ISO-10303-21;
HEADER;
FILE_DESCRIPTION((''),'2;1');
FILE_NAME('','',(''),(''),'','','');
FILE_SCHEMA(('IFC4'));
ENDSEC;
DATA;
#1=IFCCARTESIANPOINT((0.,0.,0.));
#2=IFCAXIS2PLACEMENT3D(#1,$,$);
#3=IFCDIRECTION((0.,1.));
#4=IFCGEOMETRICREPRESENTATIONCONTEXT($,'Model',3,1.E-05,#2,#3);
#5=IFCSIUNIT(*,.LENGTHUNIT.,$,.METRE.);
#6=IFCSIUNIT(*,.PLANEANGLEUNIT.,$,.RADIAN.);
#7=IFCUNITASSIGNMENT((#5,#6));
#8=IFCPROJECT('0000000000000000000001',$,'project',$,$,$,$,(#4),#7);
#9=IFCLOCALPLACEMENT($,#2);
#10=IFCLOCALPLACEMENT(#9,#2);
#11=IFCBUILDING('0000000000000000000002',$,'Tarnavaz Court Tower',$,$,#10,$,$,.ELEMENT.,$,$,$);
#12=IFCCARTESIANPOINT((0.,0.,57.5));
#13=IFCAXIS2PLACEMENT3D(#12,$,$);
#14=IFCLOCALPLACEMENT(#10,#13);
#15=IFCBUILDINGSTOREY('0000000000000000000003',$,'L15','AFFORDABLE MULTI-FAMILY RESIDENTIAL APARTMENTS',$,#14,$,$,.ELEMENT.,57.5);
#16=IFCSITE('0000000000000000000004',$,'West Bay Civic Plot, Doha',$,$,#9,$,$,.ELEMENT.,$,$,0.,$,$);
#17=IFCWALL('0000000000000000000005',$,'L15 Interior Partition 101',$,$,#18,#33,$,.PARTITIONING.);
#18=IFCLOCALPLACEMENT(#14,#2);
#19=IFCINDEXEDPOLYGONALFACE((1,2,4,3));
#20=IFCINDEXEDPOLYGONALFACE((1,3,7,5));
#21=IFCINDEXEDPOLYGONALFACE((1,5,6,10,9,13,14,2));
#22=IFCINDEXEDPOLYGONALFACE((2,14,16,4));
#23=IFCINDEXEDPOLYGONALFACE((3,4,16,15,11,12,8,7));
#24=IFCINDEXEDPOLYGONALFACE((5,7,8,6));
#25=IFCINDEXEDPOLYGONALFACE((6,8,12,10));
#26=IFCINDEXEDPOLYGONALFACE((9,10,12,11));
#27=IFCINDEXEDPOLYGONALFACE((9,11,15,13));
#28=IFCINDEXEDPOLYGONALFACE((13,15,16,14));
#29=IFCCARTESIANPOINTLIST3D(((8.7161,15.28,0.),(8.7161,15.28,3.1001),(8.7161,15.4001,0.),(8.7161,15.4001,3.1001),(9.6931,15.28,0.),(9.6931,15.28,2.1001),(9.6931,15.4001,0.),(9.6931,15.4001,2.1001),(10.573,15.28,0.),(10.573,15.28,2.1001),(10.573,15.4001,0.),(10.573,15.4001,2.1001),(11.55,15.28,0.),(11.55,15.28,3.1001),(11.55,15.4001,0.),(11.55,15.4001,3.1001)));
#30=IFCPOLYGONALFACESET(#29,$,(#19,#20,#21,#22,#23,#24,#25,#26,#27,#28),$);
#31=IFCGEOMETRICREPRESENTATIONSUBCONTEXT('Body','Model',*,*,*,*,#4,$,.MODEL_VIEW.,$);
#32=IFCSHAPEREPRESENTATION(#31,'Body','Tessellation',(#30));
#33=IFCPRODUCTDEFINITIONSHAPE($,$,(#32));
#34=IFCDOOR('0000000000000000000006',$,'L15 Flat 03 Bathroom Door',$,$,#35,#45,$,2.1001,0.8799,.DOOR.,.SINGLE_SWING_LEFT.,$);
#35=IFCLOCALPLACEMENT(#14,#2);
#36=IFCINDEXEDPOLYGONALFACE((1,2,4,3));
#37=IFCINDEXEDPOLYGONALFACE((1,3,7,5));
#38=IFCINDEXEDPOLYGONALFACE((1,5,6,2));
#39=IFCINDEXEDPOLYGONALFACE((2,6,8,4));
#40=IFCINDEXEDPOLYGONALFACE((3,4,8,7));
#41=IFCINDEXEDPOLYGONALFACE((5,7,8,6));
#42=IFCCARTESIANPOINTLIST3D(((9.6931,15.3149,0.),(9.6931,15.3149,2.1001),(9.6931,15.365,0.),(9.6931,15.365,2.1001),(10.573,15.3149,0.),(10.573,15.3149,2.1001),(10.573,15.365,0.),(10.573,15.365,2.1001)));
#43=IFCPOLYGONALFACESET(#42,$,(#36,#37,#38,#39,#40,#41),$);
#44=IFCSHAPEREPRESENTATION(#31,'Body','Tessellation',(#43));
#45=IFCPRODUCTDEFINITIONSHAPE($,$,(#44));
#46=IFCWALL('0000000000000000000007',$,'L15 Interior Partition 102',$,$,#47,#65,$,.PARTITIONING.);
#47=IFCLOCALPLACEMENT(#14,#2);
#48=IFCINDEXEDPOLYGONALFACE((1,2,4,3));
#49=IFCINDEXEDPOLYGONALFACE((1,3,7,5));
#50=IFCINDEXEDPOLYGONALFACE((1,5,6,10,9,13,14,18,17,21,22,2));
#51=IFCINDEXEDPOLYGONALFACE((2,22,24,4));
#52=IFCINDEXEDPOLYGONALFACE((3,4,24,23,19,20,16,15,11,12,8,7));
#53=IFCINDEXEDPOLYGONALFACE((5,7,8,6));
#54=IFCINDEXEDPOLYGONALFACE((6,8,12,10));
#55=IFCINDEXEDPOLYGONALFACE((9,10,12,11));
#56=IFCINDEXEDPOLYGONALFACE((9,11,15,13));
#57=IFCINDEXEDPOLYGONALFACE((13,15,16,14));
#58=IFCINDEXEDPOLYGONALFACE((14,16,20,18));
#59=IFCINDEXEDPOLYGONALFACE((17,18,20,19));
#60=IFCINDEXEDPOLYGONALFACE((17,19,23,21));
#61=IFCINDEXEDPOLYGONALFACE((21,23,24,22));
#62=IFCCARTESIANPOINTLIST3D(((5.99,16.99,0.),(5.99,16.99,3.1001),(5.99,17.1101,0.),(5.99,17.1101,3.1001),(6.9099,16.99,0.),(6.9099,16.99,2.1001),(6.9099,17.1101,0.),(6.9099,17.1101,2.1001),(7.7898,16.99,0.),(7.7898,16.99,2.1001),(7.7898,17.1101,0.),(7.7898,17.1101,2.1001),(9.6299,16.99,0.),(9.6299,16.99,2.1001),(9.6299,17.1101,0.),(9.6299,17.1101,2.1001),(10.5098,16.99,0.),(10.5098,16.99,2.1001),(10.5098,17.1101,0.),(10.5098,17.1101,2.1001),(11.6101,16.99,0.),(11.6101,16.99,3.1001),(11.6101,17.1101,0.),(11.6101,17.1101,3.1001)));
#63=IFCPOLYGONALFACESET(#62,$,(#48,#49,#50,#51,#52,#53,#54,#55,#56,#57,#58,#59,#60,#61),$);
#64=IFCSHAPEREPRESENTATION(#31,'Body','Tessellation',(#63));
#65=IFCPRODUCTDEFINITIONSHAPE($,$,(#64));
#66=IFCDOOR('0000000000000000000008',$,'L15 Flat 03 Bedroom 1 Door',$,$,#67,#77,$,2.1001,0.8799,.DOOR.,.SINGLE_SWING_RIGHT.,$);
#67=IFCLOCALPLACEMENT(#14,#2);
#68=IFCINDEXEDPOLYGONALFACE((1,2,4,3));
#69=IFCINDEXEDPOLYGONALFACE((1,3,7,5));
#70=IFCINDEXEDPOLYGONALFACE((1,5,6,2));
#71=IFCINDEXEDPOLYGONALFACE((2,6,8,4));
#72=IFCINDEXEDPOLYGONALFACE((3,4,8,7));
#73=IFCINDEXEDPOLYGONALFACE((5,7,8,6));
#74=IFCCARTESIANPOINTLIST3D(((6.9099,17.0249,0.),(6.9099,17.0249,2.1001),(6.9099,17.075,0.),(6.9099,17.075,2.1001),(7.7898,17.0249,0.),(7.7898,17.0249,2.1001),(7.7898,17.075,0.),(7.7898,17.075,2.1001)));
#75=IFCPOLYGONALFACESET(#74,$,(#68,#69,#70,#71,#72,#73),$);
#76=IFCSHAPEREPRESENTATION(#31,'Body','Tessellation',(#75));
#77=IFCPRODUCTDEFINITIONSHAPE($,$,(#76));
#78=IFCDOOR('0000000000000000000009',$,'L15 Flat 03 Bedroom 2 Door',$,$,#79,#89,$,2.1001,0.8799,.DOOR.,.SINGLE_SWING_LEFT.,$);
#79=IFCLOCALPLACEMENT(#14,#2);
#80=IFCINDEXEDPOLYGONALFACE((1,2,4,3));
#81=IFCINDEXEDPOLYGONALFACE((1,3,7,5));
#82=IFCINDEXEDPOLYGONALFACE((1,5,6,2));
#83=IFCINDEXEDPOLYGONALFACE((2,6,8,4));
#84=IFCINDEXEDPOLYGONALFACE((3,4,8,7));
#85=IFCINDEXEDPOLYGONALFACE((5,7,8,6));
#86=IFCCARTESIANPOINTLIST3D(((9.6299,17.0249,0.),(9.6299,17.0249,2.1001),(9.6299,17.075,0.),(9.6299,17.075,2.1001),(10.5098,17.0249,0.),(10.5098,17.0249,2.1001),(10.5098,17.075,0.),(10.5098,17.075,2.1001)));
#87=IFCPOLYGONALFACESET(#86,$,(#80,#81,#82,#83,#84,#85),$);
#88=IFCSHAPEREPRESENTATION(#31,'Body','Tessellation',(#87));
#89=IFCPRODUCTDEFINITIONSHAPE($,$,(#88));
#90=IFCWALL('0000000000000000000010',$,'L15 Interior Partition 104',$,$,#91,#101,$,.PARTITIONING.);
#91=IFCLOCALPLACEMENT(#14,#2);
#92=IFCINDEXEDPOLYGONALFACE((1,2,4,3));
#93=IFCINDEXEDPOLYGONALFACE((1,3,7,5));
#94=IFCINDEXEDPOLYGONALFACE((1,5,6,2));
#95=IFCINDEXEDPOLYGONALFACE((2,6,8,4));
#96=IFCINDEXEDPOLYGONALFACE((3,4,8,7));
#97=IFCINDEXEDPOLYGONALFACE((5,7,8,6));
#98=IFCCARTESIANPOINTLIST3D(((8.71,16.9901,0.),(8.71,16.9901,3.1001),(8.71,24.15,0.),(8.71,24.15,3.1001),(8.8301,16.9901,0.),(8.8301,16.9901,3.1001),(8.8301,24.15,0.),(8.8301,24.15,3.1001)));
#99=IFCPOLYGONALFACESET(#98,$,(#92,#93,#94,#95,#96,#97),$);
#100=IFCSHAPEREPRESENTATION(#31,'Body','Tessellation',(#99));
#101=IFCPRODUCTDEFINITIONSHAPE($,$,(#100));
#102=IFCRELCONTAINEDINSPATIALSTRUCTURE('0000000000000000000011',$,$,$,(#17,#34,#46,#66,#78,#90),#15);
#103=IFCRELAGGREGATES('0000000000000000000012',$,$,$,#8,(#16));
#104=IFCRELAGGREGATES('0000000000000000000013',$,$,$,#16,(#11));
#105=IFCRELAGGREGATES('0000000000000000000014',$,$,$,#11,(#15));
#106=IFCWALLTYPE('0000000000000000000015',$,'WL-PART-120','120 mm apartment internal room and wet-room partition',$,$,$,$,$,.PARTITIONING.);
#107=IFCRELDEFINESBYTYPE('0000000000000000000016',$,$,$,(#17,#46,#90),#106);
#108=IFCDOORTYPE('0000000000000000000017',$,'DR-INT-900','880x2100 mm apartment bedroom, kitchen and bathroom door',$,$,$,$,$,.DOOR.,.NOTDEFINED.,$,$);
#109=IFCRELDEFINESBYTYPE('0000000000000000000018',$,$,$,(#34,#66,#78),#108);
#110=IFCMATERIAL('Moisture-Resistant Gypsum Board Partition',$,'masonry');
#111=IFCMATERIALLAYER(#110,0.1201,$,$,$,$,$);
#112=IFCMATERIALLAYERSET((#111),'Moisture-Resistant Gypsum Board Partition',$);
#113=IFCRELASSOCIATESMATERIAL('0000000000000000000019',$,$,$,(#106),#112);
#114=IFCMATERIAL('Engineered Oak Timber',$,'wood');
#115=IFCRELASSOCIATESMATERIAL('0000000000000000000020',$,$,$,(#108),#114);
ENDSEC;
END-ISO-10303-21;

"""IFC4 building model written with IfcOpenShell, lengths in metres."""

from ifc_helpers import new_model, si_unit, direction, frame, frame_2d, origin, place, context, subcontext, project, spatial, rectangle, extrude, material, layer, layer_set, type_object, element, fill, save


model = new_model("IFC4")

# Units and contexts
model_context = context("Model", 3, precision=1e-05, world=origin(), true_north=direction((0.0, 1.0)))
body_context = subcontext(model_context, "Body", "Model", "MODEL_VIEW")
ifc_project = project(units=[si_unit("LENGTHUNIT", "METRE"), si_unit("PLANEANGLEUNIT", "RADIAN")], contexts=[model_context])

# Site, building, storey
site_placement = place(None, origin())
site = spatial("IfcSite", under=ifc_project, at=site_placement, Name="West Bay Civic Plot, Doha", CompositionType="ELEMENT", RefElevation=0.0)
building_placement = place(site_placement, origin())
building = spatial("IfcBuilding", under=site, at=building_placement, Name="Tarnavaz Court Tower", CompositionType="ELEMENT")
storey_placement = place(building_placement, frame((0.0, 0.0, 57.5)))
storey = spatial("IfcBuildingStorey", under=building, at=storey_placement, Name="L15", Description="AFFORDABLE MULTI-FAMILY RESIDENTIAL APARTMENTS", CompositionType="ELEMENT", Elevation=57.5)

# Wall, opening, door
ifc_material_1 = material(Name="Moisture-Resistant Gypsum Board Partition", Category="masonry")
ifc_layer_1 = layer(ifc_material_1, 0.1201)
ifc_layer_set_1 = layer_set([ifc_layer_1], Name="Moisture-Resistant Gypsum Board Partition")
wall_type_1 = type_object("IfcWallType", Name="WL-PART-120", Description="120 mm apartment internal room and wet-room partition", PredefinedType="PARTITIONING", material=ifc_layer_set_1)
ifc_material_2 = material(Name="Engineered Oak Timber", Category="wood")
door_type = type_object("IfcDoorType", Name="DR-INT-900", Description="880x2100 mm apartment bedroom, kitchen and bathroom door", OperationType="NOTDEFINED", PredefinedType="DOOR", material=ifc_material_2)
wall_1_placement = place(storey_placement, frame((8.7161, 15.3401, 0.0), z_axis=(0.0, 0.0, 1.0), x_axis=(1.0, 0.0, 0.0)))
wall_1 = element("IfcWall", 1, at=wall_1_placement, inside=storey, type_object=wall_type_1, Name="L15 Interior Partition 101", PredefinedType="PARTITIONING", context=body_context, shape_type="SweptSolid", body=[
    extrude(rectangle(XDim=2.834, YDim=0.1201, at=frame_2d((1.417, 0.0))), origin(), (0.0, 0.0, 1.0), 3.1001),
])
opening_1_placement = place(wall_1_placement, frame((0.9771, 0.0, 0.0)))
opening_1 = element("IfcOpeningElement", 2, at=opening_1_placement, cuts=wall_1, PredefinedType="OPENING", context=body_context, shape_type="SweptSolid", body=[
    extrude(rectangle(XDim=0.8799, YDim=2.1001, at=frame_2d((0.4399, 1.05))), frame((0.0, 0.0701, 0.0), z_axis=(0.0, -1.0, 0.0), x_axis=(1.0, 0.0, 0.0)), (0.0, 0.0, 1.0), 0.1401),
])
door_1_placement = place(opening_1_placement, origin())
door_1 = element("IfcDoor", 3, at=door_1_placement, inside=storey, type_object=door_type, Name="L15 Flat 03 Bathroom Door", OperationType="SINGLE_SWING_LEFT", OverallHeight=2.1001, OverallWidth=0.8799, PredefinedType="DOOR", context=body_context, shape_type="SweptSolid", body=[
    extrude(rectangle(XDim=0.8799, YDim=2.1001, at=frame_2d((0.4399, 1.05))), frame((0.0, 0.0249, 0.0), z_axis=(0.0, -1.0, 0.0), x_axis=(1.0, 0.0, 0.0)), (0.0, 0.0, 1.0), 0.05),
])
fill(opening_1, door_1)

# Wall, openings, doors
wall_2_placement = place(storey_placement, frame((5.99, 17.05, 0.0), z_axis=(0.0, 0.0, 1.0), x_axis=(1.0, 0.0, 0.0)))
wall_2 = element("IfcWall", 4, at=wall_2_placement, inside=storey, type_object=wall_type_1, Name="L15 Interior Partition 102", PredefinedType="PARTITIONING", context=body_context, shape_type="SweptSolid", body=[
    extrude(rectangle(XDim=5.6201, YDim=0.1201, at=frame_2d((2.8101, 0.0))), origin(), (0.0, 0.0, 1.0), 3.1001),
])
opening_2_placement = place(wall_2_placement, frame((0.9199, 0.0, 0.0)))
opening_2 = element("IfcOpeningElement", 5, at=opening_2_placement, cuts=wall_2, PredefinedType="OPENING", context=body_context, shape_type="SweptSolid", body=[
    extrude(rectangle(XDim=0.8799, YDim=2.1001, at=frame_2d((0.4399, 1.05))), frame((0.0, 0.0701, 0.0), z_axis=(0.0, -1.0, 0.0), x_axis=(1.0, 0.0, 0.0)), (0.0, 0.0, 1.0), 0.1401),
])
opening_3_placement = place(wall_2_placement, frame((3.6399, 0.0, 0.0)))
opening_3 = element("IfcOpeningElement", 6, at=opening_3_placement, cuts=wall_2, PredefinedType="OPENING", context=body_context, shape_type="SweptSolid", body=[
    extrude(rectangle(XDim=0.8799, YDim=2.1001, at=frame_2d((0.4399, 1.05))), frame((0.0, 0.0701, 0.0), z_axis=(0.0, -1.0, 0.0), x_axis=(1.0, 0.0, 0.0)), (0.0, 0.0, 1.0), 0.1401),
])
door_2_placement = place(opening_2_placement, origin())
door_2 = element("IfcDoor", 7, at=door_2_placement, inside=storey, type_object=door_type, Name="L15 Flat 03 Bedroom 1 Door", OperationType="SINGLE_SWING_RIGHT", OverallHeight=2.1001, OverallWidth=0.8799, PredefinedType="DOOR", context=body_context, shape_type="SweptSolid", body=[
    extrude(rectangle(XDim=0.8799, YDim=2.1001, at=frame_2d((0.4399, 1.05))), frame((0.0, 0.0249, 0.0), z_axis=(0.0, -1.0, 0.0), x_axis=(1.0, 0.0, 0.0)), (0.0, 0.0, 1.0), 0.05),
])
fill(opening_2, door_2)
door_3_placement = place(opening_3_placement, origin())
door_3 = element("IfcDoor", 8, at=door_3_placement, inside=storey, type_object=door_type, Name="L15 Flat 03 Bedroom 2 Door", OperationType="SINGLE_SWING_LEFT", OverallHeight=2.1001, OverallWidth=0.8799, PredefinedType="DOOR", context=body_context, shape_type="SweptSolid", body=[
    extrude(rectangle(XDim=0.8799, YDim=2.1001, at=frame_2d((0.4399, 1.05))), frame((0.0, 0.0249, 0.0), z_axis=(0.0, -1.0, 0.0), x_axis=(1.0, 0.0, 0.0)), (0.0, 0.0, 1.0), 0.05),
])
fill(opening_3, door_3)

# Wall
wall_3_placement = place(storey_placement, frame((8.77, 16.99, 0.0), z_axis=(0.0, 0.0, 1.0), x_axis=(0.0, 1.0, 0.0)))
element("IfcWall", 9, at=wall_3_placement, inside=storey, type_object=wall_type_1, Name="L15 Interior Partition 104", PredefinedType="PARTITIONING", context=body_context, shape_type="SweptSolid", body=[
    extrude(rectangle(XDim=7.1599, YDim=0.1201, at=frame_2d((3.5801, 0.0))), origin(), (0.0, 0.0, 1.0), 3.1001),
])

save(model, "model.ifc")
